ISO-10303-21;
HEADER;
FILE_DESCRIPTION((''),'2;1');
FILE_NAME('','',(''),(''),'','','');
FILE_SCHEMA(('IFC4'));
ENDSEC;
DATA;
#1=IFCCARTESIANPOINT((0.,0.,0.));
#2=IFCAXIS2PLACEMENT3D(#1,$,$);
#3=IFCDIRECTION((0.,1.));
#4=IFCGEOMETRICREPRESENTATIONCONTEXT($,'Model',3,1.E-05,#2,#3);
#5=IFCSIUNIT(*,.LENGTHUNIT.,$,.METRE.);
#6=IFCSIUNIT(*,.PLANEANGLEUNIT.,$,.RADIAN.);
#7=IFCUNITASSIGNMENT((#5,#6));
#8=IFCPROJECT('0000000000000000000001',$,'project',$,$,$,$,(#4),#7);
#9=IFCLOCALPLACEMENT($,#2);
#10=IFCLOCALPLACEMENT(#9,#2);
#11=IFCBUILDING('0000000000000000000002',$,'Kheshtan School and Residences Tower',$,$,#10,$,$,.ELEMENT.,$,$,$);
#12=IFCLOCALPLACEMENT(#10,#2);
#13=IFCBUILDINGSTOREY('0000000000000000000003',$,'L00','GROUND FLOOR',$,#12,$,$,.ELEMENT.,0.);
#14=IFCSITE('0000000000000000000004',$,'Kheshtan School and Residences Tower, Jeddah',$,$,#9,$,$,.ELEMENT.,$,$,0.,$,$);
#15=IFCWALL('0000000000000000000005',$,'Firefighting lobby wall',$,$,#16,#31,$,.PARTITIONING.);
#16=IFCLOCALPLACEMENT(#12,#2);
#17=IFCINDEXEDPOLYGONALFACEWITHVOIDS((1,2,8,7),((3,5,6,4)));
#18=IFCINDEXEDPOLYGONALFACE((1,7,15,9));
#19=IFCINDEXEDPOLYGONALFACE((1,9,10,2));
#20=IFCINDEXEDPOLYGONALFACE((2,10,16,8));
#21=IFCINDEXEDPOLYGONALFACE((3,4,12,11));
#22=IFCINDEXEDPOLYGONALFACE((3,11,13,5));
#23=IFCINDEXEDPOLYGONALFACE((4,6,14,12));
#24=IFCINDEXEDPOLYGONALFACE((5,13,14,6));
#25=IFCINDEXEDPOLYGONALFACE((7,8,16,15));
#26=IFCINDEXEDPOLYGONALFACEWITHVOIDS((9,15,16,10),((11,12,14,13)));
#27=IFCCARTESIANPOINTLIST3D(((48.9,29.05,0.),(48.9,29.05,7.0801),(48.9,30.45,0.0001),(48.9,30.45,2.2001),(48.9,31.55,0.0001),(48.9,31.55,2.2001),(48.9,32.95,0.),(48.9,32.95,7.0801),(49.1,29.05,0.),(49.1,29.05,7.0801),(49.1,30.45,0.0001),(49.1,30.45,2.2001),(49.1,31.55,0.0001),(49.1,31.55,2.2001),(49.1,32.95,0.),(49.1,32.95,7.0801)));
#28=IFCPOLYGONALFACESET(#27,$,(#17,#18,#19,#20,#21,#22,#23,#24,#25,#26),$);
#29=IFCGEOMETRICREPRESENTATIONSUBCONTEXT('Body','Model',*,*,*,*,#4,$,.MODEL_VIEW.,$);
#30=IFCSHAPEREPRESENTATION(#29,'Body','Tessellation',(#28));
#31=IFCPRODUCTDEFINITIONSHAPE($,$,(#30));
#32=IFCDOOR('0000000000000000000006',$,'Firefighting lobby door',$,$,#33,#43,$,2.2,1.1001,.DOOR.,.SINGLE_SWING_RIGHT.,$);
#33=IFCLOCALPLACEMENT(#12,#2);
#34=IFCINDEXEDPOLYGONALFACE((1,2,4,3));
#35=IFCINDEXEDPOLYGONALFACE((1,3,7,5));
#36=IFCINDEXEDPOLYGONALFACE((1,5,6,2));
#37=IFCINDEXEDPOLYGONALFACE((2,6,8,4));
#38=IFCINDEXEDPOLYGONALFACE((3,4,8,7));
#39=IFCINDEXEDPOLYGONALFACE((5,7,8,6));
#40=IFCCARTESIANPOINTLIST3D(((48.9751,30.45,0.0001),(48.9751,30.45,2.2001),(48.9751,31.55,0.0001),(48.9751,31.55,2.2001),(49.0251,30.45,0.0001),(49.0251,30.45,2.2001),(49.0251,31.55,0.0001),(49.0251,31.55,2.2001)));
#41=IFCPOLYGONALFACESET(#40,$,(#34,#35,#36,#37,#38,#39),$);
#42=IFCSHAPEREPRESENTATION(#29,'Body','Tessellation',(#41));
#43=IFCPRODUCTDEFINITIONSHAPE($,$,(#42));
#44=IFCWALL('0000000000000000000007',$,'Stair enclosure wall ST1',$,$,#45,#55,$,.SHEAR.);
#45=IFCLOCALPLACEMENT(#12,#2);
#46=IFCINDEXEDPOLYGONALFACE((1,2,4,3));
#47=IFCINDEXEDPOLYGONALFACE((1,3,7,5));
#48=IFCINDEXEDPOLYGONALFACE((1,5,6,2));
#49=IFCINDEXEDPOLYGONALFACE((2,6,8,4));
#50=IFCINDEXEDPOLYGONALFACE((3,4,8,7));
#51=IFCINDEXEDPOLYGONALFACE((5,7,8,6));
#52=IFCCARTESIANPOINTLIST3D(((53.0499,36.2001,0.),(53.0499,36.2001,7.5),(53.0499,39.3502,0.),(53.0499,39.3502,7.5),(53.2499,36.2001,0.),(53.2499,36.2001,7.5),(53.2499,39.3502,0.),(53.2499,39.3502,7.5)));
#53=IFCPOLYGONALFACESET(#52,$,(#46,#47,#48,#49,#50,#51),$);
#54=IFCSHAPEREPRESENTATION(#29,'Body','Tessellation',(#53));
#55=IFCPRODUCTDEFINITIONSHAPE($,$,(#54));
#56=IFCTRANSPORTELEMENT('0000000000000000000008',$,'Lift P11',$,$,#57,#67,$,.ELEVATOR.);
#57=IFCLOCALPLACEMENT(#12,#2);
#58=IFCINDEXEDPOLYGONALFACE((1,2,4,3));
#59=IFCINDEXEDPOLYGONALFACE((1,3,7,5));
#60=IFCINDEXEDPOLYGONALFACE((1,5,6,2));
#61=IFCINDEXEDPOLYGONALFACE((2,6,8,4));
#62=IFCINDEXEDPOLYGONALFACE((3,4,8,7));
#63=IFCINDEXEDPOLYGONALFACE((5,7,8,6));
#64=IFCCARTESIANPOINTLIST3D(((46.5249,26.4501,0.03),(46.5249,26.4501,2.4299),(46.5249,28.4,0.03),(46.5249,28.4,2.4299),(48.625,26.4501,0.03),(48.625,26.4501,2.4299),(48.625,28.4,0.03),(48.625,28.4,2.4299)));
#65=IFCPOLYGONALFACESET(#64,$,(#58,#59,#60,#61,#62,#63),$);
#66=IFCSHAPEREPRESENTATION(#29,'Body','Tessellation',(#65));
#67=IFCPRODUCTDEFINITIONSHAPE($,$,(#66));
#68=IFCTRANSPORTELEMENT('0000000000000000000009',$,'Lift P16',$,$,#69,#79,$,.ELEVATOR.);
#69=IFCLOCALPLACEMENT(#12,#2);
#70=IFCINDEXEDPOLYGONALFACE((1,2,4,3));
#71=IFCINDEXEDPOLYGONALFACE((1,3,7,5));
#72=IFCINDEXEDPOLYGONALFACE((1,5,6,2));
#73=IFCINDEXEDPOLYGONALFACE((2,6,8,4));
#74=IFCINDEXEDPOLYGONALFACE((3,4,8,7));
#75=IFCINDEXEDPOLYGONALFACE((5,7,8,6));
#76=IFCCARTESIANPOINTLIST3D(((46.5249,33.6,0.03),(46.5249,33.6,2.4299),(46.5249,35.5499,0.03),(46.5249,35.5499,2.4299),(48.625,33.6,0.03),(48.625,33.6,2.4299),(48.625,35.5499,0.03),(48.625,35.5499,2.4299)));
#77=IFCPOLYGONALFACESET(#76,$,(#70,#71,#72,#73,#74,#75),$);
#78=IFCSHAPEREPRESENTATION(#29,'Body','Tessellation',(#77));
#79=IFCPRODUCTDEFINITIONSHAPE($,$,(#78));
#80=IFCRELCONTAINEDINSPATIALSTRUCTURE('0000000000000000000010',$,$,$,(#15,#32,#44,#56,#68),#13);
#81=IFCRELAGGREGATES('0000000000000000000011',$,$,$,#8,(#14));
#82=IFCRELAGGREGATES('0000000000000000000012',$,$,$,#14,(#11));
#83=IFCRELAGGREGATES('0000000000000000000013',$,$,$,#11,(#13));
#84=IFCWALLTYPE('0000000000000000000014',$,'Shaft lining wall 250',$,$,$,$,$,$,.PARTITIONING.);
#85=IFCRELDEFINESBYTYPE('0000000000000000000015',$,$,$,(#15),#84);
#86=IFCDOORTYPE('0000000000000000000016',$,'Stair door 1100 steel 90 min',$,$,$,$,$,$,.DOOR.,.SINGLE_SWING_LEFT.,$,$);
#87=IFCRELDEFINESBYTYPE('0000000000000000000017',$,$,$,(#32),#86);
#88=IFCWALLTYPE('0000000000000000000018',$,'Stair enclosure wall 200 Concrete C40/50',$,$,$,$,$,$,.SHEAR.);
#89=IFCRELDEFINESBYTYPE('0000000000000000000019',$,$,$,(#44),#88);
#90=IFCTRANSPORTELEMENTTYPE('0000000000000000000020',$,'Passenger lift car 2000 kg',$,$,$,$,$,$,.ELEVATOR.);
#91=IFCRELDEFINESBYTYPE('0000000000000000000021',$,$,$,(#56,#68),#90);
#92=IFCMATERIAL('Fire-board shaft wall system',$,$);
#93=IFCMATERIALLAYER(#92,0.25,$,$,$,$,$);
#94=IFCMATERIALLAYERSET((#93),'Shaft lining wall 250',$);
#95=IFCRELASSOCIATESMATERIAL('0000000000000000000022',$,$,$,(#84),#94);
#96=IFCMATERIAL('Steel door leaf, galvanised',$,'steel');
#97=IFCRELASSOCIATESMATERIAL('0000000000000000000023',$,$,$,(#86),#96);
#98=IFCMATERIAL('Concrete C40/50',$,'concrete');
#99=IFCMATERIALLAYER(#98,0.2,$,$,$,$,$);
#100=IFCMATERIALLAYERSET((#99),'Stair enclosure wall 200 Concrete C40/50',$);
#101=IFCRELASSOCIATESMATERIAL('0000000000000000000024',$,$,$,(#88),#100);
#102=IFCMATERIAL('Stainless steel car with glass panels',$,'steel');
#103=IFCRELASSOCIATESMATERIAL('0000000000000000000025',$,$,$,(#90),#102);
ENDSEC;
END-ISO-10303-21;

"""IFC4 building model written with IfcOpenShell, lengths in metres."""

from ifc_helpers import new_model, si_unit, direction, frame, frame_2d, origin, origin_2d, place, context, subcontext, project, spatial, rectangle, extrude, source, transform, mapped, material, layer, layer_set, type_object, element, fill, save


model = new_model("IFC4")

# Units and contexts
model_context = context("Model", 3, precision=1e-05, world=origin(), true_north=direction((0.0, 1.0)))
body_context = subcontext(model_context, "Body", "Model", "MODEL_VIEW")
ifc_project = project(units=[si_unit("LENGTHUNIT", "METRE"), si_unit("PLANEANGLEUNIT", "RADIAN")], contexts=[model_context])

# Site, building, storey
site_placement = place(None, origin())
site = spatial("IfcSite", under=ifc_project, at=site_placement, Name="Kheshtan School and Residences Tower, Jeddah", CompositionType="ELEMENT", RefElevation=0.0)
building_placement = place(site_placement, origin())
building = spatial("IfcBuilding", under=site, at=building_placement, Name="Kheshtan School and Residences Tower", CompositionType="ELEMENT")
storey_placement = place(building_placement, origin())
storey = spatial("IfcBuildingStorey", under=building, at=storey_placement, Name="L00", Description="GROUND FLOOR", CompositionType="ELEMENT", Elevation=0.0)

# Shared definitions
ifc_material_1 = material(Name="Fire-board shaft wall system")
ifc_layer_1 = layer(ifc_material_1, 0.25)
ifc_layer_set_1 = layer_set([ifc_layer_1], Name="Shaft lining wall 250")
wall_type_1 = type_object("IfcWallType", Name="Shaft lining wall 250", PredefinedType="PARTITIONING", material=ifc_layer_set_1)

# Wall, opening, door
wall_1_placement = place(storey_placement, frame((49.0, 29.05, 0.0), z_axis=(0.0, 0.0, 1.0), x_axis=(0.0, 1.0, 0.0)))
wall_1 = element("IfcWall", 1, at=wall_1_placement, inside=storey, type_object=wall_type_1, Name="Firefighting lobby wall", PredefinedType="PARTITIONING", context=body_context, shape_type="SweptSolid", body=[
    extrude(rectangle(XDim=3.8999, YDim=0.2, at=frame_2d((1.95, 0.0))), origin(), (0.0, 0.0, 1.0), 7.0801),
])
opening_1_placement = place(wall_1_placement, frame((1.3999, 0.0, 0.0)))
opening_1 = element("IfcOpeningElement", 2, at=opening_1_placement, cuts=wall_1, PredefinedType="OPENING", context=body_context, shape_type="SweptSolid", body=[
    extrude(rectangle(XDim=1.1001, YDim=2.2, at=frame_2d((0.55, 1.1001))), frame((0.0, 0.1099, 0.0), z_axis=(0.0, -1.0, 0.0), x_axis=(1.0, 0.0, 0.0)), (0.0, 0.0, 1.0), 0.22),
])
ifc_material_2 = material(Name="Steel door leaf, galvanised", Category="steel")
door_type_1 = type_object("IfcDoorType", Name="Stair door 1100 steel 90 min", OperationType="SINGLE_SWING_LEFT", PredefinedType="DOOR", material=ifc_material_2)
shared_shape_1 = source(origin(), body_context, "Body", "SweptSolid", [
    extrude(rectangle(XDim=1.1001, YDim=2.2, at=frame_2d((0.55, 1.1001))), frame((0.0, 0.0249, 0.0), z_axis=(0.0, -1.0, 0.0), x_axis=(1.0, 0.0, 0.0)), (0.0, 0.0, 1.0), 0.05),
])
door_1_placement = place(opening_1_placement, origin())
door_1 = element("IfcDoor", 3, at=door_1_placement, inside=storey, type_object=door_type_1, Name="Firefighting lobby door", OperationType="SINGLE_SWING_RIGHT", OverallHeight=2.2, OverallWidth=1.1001, PredefinedType="DOOR", context=body_context, shape_type="MappedRepresentation", body=[
    mapped(shared_shape_1, transform((0.0, 0.0, 0.0), x_axis=(1.0, 0.0, 0.0), y_axis=(0.0, 1.0, 0.0), z_axis=(0.0, 0.0, 1.0), scale=1.0)),
])
fill(opening_1, door_1)

# Wall
ifc_material_3 = material(Name="Concrete C40/50", Category="concrete")
ifc_layer_2 = layer(ifc_material_3, 0.2)
ifc_layer_set_2 = layer_set([ifc_layer_2], Name="Stair enclosure wall 200 Concrete C40/50")
wall_type_2 = type_object("IfcWallType", Name="Stair enclosure wall 200 Concrete C40/50", PredefinedType="SHEAR", material=ifc_layer_set_2)
wall_2_placement = place(storey_placement, frame((53.1499, 36.2, 0.0), z_axis=(0.0, 0.0, 1.0), x_axis=(0.0, 1.0, 0.0)))
element("IfcWall", 4, at=wall_2_placement, inside=storey, type_object=wall_type_2, Name="Stair enclosure wall ST1", PredefinedType="SHEAR", context=body_context, shape_type="SweptSolid", body=[
    extrude(rectangle(XDim=3.1501, YDim=0.2, at=frame_2d((1.5752, 0.0))), origin(), (0.0, 0.0, 1.0), 7.5),
])

# Transport elements
ifc_material_4 = material(Name="Stainless steel car with glass panels", Category="steel")
transport_element_type = type_object("IfcTransportElementType", Name="Passenger lift car 2000 kg", PredefinedType="ELEVATOR", material=ifc_material_4)
for number, where, z_axis, x_axis, name in (
    (5, (47.575, 27.425, 0.03), (0.0, 0.0, 1.0), (1.0, 0.0, 0.0), "Lift P11"),
    (6, (47.575, 34.575, 0.03), (0.0, 0.0, 1.0), (1.0, 0.0, 0.0), "Lift P16"),
):
    element("IfcTransportElement", number, at=place(storey_placement, frame(where, z_axis=z_axis, x_axis=x_axis)), inside=storey, type_object=transport_element_type, Name=name, PredefinedType="ELEVATOR", context=body_context, shape_type="SweptSolid", body=[
        extrude(rectangle(XDim=2.1001, YDim=1.95, at=origin_2d()), origin(), (0.0, 0.0, 1.0), 2.3999),
    ])

save(model, "model.ifc")
